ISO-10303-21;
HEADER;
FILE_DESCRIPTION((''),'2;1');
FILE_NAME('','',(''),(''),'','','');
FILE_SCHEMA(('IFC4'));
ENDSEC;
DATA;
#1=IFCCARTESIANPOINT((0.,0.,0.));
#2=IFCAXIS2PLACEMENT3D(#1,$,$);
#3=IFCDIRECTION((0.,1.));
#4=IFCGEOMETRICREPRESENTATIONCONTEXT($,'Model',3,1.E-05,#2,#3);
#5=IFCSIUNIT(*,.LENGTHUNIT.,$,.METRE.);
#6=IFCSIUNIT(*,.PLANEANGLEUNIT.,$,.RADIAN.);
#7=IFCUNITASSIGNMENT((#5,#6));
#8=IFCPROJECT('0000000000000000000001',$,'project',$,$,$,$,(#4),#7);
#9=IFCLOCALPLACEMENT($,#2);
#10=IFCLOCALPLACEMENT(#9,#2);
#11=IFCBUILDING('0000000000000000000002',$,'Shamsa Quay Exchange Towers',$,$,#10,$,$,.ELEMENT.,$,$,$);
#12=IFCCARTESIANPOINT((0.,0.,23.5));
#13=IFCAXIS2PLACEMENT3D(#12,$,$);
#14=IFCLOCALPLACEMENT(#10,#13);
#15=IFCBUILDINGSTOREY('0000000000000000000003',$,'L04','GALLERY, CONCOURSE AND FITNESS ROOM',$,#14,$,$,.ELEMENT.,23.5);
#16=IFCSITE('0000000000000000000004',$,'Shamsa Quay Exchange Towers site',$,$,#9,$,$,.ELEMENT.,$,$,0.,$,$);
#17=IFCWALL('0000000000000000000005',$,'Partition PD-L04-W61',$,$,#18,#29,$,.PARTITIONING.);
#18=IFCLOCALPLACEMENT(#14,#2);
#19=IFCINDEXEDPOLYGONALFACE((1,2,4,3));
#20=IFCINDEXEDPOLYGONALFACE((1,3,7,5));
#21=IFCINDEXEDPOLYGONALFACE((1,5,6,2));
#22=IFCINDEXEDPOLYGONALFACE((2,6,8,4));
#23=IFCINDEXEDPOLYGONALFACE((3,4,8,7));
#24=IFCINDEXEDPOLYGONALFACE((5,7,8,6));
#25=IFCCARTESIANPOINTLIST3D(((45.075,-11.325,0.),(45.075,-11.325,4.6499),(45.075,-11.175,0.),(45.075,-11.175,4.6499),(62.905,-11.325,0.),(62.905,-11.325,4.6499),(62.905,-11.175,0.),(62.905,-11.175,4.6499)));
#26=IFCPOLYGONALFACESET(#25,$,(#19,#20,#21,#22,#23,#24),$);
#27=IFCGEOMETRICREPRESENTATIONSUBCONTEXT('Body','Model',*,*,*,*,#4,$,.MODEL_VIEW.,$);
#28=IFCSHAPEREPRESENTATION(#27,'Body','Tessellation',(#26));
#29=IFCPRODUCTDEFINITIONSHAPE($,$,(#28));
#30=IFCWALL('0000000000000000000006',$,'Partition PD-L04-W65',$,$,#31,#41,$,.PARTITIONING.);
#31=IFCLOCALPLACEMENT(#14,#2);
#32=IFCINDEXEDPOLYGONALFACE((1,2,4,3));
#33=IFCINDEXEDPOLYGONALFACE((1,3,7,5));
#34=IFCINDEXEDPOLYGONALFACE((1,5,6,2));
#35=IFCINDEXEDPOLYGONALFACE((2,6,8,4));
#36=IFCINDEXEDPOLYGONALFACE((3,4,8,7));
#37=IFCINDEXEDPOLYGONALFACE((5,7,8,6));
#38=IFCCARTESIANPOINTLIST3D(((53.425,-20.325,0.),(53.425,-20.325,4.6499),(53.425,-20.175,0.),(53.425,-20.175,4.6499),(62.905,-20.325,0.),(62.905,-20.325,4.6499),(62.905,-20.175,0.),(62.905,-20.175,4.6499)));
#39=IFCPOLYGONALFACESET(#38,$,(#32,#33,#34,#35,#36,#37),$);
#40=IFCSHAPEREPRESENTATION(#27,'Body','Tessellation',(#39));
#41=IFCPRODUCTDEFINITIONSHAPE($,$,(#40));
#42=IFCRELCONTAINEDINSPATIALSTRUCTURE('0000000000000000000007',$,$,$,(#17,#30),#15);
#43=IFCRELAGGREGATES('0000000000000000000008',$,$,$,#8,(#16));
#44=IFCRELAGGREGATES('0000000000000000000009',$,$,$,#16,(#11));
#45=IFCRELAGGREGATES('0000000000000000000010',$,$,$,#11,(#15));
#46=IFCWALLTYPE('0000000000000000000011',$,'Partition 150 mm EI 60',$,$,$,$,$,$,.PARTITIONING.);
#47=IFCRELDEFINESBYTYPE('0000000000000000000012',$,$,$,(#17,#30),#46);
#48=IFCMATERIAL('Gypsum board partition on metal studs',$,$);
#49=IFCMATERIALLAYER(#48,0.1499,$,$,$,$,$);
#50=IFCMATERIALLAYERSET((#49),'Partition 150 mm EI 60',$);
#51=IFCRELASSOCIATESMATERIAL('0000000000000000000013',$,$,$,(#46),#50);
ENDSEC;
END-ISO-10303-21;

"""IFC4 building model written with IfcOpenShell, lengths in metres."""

from ifc_helpers import new_model, si_unit, direction, frame, frame_2d, origin, place, context, subcontext, project, spatial, rectangle, extrude, material, layer, layer_set, type_object, element, save


model = new_model("IFC4")

# Units and contexts
model_context = context("Model", 3, precision=1e-05, world=origin(), true_north=direction((0.0, 1.0)))
body_context = subcontext(model_context, "Body", "Model", "MODEL_VIEW")
ifc_project = project(units=[si_unit("LENGTHUNIT", "METRE"), si_unit("PLANEANGLEUNIT", "RADIAN")], contexts=[model_context])

# Site, building, storey
site_placement = place(None, origin())
site = spatial("IfcSite", under=ifc_project, at=site_placement, Name="Shamsa Quay Exchange Towers site", CompositionType="ELEMENT", RefElevation=0.0)
building_placement = place(site_placement, origin())
building = spatial("IfcBuilding", under=site, at=building_placement, Name="Shamsa Quay Exchange Towers", CompositionType="ELEMENT")
storey_placement = place(building_placement, frame((0.0, 0.0, 23.5)))
storey = spatial("IfcBuildingStorey", under=building, at=storey_placement, Name="L04", Description="GALLERY, CONCOURSE AND FITNESS ROOM", CompositionType="ELEMENT", Elevation=23.5)

# Shared definitions
ifc_material_1 = material(Name="Gypsum board partition on metal studs")
ifc_layer_1 = layer(ifc_material_1, 0.1499)
ifc_layer_set_1 = layer_set([ifc_layer_1], Name="Partition 150 mm EI 60")
wall_type_1 = type_object("IfcWallType", Name="Partition 150 mm EI 60", PredefinedType="PARTITIONING", material=ifc_layer_set_1)

# Walls
wall_1_placement = place(storey_placement, frame((62.905, -11.25, 0.0), z_axis=(0.0, 0.0, 1.0), x_axis=(-1.0, 0.0, 0.0)))
element("IfcWall", 1, at=wall_1_placement, inside=storey, type_object=wall_type_1, Name="Partition PD-L04-W61", PredefinedType="PARTITIONING", context=body_context, shape_type="SweptSolid", body=[
    extrude(rectangle(XDim=17.8301, YDim=0.1499, at=frame_2d((8.915, 0.0))), origin(), (0.0, 0.0, 1.0), 4.6499),
])
wall_2_placement = place(storey_placement, frame((62.905, -20.25, 0.0), z_axis=(0.0, 0.0, 1.0), x_axis=(-1.0, 0.0, 0.0)))
element("IfcWall", 2, at=wall_2_placement, inside=storey, type_object=wall_type_1, Name="Partition PD-L04-W65", PredefinedType="PARTITIONING", context=body_context, shape_type="SweptSolid", body=[
    extrude(rectangle(XDim=9.48, YDim=0.1499, at=frame_2d((4.74, 0.0))), origin(), (0.0, 0.0, 1.0), 4.6499),
])

save(model, "model.ifc")
